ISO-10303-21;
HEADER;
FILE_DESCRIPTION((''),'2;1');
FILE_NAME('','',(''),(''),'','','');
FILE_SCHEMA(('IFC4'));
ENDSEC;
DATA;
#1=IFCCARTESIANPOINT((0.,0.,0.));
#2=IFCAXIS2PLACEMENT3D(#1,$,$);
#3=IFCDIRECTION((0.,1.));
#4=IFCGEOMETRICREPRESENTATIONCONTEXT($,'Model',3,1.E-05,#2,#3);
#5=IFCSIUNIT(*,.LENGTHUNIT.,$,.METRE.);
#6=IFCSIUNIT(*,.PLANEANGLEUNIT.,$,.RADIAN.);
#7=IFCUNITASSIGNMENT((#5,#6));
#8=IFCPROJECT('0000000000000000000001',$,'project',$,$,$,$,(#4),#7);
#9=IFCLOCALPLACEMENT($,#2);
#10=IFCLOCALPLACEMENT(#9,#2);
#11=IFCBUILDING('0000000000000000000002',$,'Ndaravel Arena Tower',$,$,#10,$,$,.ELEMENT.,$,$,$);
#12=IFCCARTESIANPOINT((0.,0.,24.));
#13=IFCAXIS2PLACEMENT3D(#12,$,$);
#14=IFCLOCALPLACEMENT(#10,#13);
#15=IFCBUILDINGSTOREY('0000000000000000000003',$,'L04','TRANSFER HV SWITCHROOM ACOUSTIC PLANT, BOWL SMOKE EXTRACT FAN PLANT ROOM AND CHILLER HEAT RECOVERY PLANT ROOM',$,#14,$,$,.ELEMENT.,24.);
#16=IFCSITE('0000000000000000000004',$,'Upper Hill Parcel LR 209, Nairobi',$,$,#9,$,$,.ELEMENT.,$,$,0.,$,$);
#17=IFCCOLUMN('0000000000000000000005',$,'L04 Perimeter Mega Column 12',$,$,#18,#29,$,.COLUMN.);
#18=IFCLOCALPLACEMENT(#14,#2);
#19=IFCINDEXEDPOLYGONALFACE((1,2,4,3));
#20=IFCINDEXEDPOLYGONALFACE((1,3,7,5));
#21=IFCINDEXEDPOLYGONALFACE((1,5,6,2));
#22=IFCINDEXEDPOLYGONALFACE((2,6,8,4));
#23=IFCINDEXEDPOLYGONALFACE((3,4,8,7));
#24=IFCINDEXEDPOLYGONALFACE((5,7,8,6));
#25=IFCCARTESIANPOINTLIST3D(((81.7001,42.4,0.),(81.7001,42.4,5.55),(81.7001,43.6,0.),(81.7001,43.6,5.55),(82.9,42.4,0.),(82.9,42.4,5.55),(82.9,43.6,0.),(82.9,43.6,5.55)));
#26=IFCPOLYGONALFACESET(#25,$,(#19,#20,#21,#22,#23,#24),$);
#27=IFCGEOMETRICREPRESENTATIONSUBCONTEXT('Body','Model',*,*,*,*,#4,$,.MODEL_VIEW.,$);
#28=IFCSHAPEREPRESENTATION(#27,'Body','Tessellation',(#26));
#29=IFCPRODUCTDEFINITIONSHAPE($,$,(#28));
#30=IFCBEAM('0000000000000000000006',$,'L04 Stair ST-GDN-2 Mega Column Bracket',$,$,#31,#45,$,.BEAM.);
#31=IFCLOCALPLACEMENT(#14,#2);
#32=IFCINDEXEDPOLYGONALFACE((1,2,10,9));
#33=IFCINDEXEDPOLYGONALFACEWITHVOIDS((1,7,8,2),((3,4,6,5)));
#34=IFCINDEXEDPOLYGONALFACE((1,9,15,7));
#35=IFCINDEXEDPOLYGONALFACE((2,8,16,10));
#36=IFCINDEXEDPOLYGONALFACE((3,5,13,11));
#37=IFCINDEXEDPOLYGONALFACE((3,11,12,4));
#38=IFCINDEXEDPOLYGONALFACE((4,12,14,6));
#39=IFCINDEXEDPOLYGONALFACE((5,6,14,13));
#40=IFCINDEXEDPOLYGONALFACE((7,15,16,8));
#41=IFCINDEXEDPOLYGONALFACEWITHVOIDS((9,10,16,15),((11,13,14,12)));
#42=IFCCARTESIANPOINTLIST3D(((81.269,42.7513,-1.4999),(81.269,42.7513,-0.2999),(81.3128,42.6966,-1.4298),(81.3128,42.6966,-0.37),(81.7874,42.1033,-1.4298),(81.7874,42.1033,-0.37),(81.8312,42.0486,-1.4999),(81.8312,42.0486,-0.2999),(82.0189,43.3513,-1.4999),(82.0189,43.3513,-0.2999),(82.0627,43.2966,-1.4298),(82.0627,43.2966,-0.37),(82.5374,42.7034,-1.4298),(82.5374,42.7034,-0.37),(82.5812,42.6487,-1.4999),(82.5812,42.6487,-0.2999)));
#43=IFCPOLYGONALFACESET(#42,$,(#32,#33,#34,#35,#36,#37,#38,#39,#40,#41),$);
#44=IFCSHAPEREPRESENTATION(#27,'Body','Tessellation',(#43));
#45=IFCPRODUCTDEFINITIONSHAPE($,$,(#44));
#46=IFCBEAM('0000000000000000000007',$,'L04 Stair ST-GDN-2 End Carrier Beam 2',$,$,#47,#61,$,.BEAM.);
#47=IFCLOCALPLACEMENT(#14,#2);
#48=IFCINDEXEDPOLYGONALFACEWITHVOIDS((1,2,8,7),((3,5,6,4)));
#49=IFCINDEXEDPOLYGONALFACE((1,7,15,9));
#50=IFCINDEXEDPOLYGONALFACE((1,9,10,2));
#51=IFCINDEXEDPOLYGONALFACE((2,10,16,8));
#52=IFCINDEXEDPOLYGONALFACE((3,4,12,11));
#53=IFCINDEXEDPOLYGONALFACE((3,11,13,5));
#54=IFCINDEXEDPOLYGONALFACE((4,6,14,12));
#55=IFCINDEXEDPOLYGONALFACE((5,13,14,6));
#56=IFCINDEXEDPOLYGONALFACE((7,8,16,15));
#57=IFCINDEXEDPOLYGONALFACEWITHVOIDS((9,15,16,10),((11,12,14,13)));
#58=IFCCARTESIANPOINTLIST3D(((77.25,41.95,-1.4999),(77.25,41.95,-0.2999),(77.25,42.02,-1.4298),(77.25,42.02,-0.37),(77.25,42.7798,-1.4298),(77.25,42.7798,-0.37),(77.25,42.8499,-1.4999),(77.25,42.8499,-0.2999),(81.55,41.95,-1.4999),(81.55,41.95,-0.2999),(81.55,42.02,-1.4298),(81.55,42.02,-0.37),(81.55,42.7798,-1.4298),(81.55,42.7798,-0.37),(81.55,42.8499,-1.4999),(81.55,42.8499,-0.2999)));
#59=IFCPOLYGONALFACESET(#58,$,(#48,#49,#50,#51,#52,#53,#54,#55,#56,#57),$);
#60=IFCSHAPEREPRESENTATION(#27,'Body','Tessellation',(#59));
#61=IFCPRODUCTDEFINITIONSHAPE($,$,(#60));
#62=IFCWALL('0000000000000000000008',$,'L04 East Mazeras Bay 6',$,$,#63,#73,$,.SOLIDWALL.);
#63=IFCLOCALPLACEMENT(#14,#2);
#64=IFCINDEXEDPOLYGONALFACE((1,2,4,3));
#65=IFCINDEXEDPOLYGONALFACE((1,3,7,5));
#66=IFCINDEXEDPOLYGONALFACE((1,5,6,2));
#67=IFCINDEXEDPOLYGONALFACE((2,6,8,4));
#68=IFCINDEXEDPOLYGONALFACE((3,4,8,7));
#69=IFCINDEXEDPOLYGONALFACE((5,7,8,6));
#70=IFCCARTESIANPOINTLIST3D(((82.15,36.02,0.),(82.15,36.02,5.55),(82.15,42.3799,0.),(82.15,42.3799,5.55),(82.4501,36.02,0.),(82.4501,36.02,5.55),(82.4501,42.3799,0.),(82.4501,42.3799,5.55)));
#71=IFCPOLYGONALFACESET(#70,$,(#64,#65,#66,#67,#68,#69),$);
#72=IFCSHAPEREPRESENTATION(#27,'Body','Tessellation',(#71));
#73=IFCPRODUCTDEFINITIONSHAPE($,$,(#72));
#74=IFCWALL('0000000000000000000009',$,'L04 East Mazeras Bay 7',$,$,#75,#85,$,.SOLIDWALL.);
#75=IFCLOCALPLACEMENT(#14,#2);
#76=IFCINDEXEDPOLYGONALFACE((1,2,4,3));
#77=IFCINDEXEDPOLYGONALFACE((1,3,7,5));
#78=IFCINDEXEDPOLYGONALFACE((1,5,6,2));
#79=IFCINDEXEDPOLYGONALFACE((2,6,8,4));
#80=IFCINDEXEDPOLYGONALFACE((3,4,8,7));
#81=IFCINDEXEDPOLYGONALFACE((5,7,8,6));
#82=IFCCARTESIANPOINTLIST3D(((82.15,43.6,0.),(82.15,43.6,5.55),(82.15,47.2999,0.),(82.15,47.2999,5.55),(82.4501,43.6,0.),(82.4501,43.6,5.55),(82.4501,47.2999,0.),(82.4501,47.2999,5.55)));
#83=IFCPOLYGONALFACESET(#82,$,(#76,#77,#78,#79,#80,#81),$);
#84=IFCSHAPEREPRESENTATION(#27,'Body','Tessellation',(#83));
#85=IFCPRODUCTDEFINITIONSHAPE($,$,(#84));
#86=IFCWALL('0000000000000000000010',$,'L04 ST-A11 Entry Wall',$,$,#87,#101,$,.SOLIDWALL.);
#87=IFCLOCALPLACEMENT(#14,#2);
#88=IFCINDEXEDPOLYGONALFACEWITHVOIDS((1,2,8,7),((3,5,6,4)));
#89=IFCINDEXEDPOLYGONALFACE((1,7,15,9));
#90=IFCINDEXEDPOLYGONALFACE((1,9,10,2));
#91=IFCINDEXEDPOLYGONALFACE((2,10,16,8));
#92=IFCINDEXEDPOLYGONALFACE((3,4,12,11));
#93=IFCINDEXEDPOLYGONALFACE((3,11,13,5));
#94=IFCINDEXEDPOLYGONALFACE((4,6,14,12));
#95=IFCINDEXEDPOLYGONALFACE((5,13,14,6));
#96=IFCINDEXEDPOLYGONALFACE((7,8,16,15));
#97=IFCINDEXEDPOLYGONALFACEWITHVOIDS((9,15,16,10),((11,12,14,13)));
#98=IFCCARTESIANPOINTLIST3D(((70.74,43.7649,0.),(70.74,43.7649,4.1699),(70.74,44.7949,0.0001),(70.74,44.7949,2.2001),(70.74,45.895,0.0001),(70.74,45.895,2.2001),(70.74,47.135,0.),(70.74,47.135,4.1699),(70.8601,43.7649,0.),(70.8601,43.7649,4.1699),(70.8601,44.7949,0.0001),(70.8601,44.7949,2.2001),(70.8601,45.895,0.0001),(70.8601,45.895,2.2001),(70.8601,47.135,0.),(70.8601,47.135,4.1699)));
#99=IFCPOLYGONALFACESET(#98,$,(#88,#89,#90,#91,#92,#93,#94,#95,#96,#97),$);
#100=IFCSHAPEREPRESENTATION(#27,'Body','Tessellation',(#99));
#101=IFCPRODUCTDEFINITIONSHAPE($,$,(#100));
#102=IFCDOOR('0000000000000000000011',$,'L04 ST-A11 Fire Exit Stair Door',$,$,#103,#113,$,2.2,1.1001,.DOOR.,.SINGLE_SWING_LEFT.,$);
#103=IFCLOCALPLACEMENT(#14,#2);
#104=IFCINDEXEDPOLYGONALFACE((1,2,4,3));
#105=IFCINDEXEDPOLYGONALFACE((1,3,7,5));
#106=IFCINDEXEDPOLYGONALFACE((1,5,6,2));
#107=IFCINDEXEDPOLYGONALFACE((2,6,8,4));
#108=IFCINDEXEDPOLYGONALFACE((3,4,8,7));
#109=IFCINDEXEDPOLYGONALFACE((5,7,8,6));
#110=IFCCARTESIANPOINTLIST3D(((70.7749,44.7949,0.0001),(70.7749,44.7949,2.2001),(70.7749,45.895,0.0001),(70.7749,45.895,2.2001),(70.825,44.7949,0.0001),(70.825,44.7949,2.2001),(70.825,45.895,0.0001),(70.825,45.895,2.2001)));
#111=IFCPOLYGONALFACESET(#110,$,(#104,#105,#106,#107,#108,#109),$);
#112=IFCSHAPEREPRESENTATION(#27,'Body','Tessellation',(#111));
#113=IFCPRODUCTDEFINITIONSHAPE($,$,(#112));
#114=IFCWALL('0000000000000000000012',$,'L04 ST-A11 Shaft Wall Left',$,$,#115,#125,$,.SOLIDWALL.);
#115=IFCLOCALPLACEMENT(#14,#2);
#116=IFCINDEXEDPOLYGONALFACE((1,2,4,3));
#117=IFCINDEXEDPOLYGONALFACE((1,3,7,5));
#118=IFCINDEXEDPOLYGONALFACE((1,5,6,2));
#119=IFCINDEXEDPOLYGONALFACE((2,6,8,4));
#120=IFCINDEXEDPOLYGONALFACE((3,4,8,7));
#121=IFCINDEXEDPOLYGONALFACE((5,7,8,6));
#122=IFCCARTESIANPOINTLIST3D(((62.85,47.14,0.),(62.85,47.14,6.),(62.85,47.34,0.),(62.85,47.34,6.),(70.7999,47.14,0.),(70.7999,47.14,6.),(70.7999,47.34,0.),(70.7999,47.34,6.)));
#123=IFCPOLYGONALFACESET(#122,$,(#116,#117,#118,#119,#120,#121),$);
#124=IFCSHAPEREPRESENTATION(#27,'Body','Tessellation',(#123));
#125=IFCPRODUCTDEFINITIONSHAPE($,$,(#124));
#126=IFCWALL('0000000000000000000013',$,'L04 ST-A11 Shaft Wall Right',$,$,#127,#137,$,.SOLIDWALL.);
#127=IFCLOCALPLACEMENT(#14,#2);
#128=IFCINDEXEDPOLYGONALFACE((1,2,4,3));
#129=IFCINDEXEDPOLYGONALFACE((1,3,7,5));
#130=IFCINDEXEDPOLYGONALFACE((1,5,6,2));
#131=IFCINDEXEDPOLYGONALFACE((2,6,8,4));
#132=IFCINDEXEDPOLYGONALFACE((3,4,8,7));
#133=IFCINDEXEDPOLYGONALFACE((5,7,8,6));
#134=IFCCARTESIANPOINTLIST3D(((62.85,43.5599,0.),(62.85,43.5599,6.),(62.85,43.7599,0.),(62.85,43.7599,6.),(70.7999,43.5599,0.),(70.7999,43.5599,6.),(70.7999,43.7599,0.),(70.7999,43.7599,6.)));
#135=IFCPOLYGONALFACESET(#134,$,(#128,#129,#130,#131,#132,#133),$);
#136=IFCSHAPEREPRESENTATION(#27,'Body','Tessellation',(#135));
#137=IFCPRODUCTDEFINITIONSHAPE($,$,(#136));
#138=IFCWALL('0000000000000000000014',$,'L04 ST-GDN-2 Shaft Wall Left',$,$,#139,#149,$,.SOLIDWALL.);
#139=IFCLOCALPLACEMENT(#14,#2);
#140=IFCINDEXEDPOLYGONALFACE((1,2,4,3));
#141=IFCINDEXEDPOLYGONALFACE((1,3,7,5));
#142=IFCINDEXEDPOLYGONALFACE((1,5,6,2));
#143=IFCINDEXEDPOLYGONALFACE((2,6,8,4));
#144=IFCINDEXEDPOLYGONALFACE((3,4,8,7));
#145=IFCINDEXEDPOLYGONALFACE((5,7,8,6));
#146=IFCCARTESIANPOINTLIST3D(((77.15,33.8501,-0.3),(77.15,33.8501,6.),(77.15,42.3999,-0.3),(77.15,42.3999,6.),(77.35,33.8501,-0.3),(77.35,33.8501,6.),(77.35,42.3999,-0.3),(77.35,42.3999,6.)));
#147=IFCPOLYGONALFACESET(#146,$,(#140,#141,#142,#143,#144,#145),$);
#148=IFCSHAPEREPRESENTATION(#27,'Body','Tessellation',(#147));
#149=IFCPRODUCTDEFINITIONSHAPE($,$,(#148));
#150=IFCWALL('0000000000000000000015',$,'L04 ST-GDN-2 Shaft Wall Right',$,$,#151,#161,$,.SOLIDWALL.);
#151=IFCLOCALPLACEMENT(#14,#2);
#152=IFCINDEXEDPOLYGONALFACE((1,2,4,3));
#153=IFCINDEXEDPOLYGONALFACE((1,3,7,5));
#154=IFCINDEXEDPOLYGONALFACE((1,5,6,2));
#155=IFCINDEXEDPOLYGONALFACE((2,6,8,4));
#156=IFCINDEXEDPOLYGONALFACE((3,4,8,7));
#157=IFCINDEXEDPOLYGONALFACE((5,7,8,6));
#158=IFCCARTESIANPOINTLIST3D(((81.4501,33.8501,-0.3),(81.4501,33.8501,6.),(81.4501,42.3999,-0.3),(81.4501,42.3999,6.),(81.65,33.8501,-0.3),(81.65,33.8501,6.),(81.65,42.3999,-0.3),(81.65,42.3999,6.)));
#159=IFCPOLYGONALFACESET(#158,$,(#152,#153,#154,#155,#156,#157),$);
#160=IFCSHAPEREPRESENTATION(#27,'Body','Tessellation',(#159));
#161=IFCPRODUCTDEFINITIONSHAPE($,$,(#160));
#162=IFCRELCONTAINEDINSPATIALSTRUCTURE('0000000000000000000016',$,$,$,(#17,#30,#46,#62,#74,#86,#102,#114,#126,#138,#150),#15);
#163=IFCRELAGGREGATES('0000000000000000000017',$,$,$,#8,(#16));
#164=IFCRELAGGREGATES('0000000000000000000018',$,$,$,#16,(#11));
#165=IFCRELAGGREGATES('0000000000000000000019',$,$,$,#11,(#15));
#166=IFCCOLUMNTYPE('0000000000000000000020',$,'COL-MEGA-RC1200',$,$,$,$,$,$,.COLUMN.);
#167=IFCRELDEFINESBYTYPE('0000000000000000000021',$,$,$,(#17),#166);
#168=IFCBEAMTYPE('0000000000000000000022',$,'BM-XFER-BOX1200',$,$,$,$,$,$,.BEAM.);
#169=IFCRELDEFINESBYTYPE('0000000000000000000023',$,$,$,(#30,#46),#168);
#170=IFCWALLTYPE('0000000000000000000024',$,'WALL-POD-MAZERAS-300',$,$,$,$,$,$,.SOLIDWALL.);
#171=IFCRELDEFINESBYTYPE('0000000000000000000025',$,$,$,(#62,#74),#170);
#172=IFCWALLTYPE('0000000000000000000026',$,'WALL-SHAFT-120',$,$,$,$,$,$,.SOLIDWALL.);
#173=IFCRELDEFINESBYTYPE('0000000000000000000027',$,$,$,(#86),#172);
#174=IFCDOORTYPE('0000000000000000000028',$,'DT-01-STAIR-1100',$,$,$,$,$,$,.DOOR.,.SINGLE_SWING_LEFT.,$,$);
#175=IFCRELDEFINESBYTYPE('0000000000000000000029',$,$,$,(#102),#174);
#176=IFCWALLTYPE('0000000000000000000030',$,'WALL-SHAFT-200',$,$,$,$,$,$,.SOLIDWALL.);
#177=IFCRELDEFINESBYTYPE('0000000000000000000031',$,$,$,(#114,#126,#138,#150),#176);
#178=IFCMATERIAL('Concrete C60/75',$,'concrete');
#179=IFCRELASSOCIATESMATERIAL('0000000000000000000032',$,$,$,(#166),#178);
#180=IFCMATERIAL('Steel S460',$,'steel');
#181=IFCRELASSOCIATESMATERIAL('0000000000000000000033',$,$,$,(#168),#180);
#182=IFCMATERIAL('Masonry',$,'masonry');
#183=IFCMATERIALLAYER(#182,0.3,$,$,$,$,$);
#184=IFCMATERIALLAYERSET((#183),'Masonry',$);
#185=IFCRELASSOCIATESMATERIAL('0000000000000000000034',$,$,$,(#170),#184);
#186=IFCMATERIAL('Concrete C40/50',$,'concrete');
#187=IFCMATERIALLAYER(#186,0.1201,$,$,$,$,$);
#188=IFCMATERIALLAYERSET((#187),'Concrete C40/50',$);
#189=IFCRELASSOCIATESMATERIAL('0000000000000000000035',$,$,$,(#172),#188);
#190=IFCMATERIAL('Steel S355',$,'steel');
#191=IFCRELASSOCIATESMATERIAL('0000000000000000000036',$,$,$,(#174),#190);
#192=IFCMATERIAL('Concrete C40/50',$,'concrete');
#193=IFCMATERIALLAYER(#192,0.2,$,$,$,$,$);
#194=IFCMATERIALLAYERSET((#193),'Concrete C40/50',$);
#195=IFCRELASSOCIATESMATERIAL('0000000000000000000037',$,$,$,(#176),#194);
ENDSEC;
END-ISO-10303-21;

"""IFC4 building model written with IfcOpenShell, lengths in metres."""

from ifc_helpers import new_model, si_unit, direction, frame, frame_2d, origin, origin_2d, place, context, subcontext, project, spatial, rectangle, hollow_rectangle, extrude, material, layer, layer_set, material_profile, profile_set, type_object, element, fill, save


model = new_model("IFC4")

# Units and contexts
model_context = context("Model", 3, precision=1e-05, world=origin(), true_north=direction((0.0, 1.0)))
body_context = subcontext(model_context, "Body", "Model", "MODEL_VIEW")
ifc_project = project(units=[si_unit("LENGTHUNIT", "METRE"), si_unit("PLANEANGLEUNIT", "RADIAN")], contexts=[model_context])

# Site, building, storey
site_placement = place(None, origin())
site = spatial("IfcSite", under=ifc_project, at=site_placement, Name="Upper Hill Parcel LR 209, Nairobi", CompositionType="ELEMENT", RefElevation=0.0)
building_placement = place(site_placement, origin())
building = spatial("IfcBuilding", under=site, at=building_placement, Name="Ndaravel Arena Tower", CompositionType="ELEMENT")
storey_placement = place(building_placement, frame((0.0, 0.0, 24.0)))
storey = spatial("IfcBuildingStorey", under=building, at=storey_placement, Name="L04", Description="TRANSFER HV SWITCHROOM ACOUSTIC PLANT, BOWL SMOKE EXTRACT FAN PLANT ROOM AND CHILLER HEAT RECOVERY PLANT ROOM", CompositionType="ELEMENT", Elevation=24.0)

# Column
ifc_material_1 = material(Name="Concrete C60/75", Category="concrete")
ifc_material_profile_1 = material_profile(ifc_material_1, rectangle(XDim=1.2, YDim=1.2, at=origin_2d()), Name="RC 1200x1200")
ifc_profile_set_1 = profile_set([ifc_material_profile_1], Name="Concrete C60/75")
column_type = type_object("IfcColumnType", Name="COL-MEGA-RC1200", PredefinedType="COLUMN", material=ifc_profile_set_1)
column_placement = place(storey_placement, frame((82.3, 43.0, 0.0), z_axis=(0.0, 0.0, 1.0), x_axis=(1.0, 0.0, 0.0)))
element("IfcColumn", 1, at=column_placement, inside=storey, type_object=column_type, Name="L04 Perimeter Mega Column 12", PredefinedType="COLUMN", context=body_context, shape_type="SweptSolid", body=[
    extrude(rectangle(XDim=1.2, YDim=1.2, at=origin_2d()), origin(), (0.0, 0.0, 1.0), 5.55),
])

# Beams
ifc_material_2 = material(Name="Steel S460", Category="steel")
ifc_material_profile_2 = material_profile(ifc_material_2, hollow_rectangle(XDim=0.8999, YDim=1.2, WallThickness=0.0701, at=origin_2d()), Name="BOX 1200x900x70")
ifc_profile_set_2 = profile_set([ifc_material_profile_2], Name="Steel S460")
beam_type = type_object("IfcBeamType", Name="BM-XFER-BOX1200", PredefinedType="BEAM", material=ifc_profile_set_2)
beam_1_placement = place(storey_placement, frame((82.3, 43.0, -0.8999), z_axis=(-0.780819, -0.624757, 0.0), x_axis=(0.624757, -0.780819, 0.0)))
element("IfcBeam", 2, at=beam_1_placement, inside=storey, type_object=beam_type, Name="L04 Stair ST-GDN-2 Mega Column Bracket", PredefinedType="BEAM", context=body_context, shape_type="SweptSolid", body=[
    extrude(hollow_rectangle(XDim=0.8999, YDim=1.2, WallThickness=0.0701, at=origin_2d()), origin(), (0.0, 0.0, 1.0), 0.9604),
])
beam_2_placement = place(storey_placement, frame((77.25, 42.3999, -0.8999), z_axis=(1.0, 0.0, 0.0), x_axis=(0.0, 1.0, 0.0)))
element("IfcBeam", 3, at=beam_2_placement, inside=storey, type_object=beam_type, Name="L04 Stair ST-GDN-2 End Carrier Beam 2", PredefinedType="BEAM", context=body_context, shape_type="SweptSolid", body=[
    extrude(hollow_rectangle(XDim=0.8999, YDim=1.2, WallThickness=0.0701, at=origin_2d()), origin(), (0.0, 0.0, 1.0), 4.3),
])

# Walls
ifc_material_3 = material(Name="Masonry", Category="masonry")
ifc_layer_1 = layer(ifc_material_3, 0.3)
ifc_layer_set_1 = layer_set([ifc_layer_1], Name="Masonry")
wall_type_1 = type_object("IfcWallType", Name="WALL-POD-MAZERAS-300", PredefinedType="SOLIDWALL", material=ifc_layer_set_1)
wall_1_placement = place(storey_placement, frame((82.3, 42.3799, 0.0), z_axis=(0.0, 0.0, 1.0), x_axis=(0.0, -1.0, 0.0)))
element("IfcWall", 4, at=wall_1_placement, inside=storey, type_object=wall_type_1, Name="L04 East Mazeras Bay 6", PredefinedType="SOLIDWALL", context=body_context, shape_type="SweptSolid", body=[
    extrude(rectangle(XDim=6.3599, YDim=0.3, at=frame_2d((3.1799, 0.0))), origin(), (0.0, 0.0, 1.0), 5.55),
])
wall_2_placement = place(storey_placement, frame((82.3, 47.3, 0.0), z_axis=(0.0, 0.0, 1.0), x_axis=(0.0, -1.0, 0.0)))
element("IfcWall", 5, at=wall_2_placement, inside=storey, type_object=wall_type_1, Name="L04 East Mazeras Bay 7", PredefinedType="SOLIDWALL", context=body_context, shape_type="SweptSolid", body=[
    extrude(rectangle(XDim=3.7, YDim=0.3, at=frame_2d((1.8501, 0.0))), origin(), (0.0, 0.0, 1.0), 5.55),
])

# Wall, opening, door
ifc_material_4 = material(Name="Concrete C40/50", Category="concrete")
ifc_layer_2 = layer(ifc_material_4, 0.1201)
ifc_layer_set_2 = layer_set([ifc_layer_2], Name="Concrete C40/50")
wall_type_2 = type_object("IfcWallType", Name="WALL-SHAFT-120", PredefinedType="SOLIDWALL", material=ifc_layer_set_2)
wall_3_placement = place(storey_placement, frame((70.8, 47.135, 0.0), z_axis=(0.0, 0.0, 1.0), x_axis=(0.0, -1.0, 0.0)))
wall_3 = element("IfcWall", 6, at=wall_3_placement, inside=storey, type_object=wall_type_2, Name="L04 ST-A11 Entry Wall", PredefinedType="SOLIDWALL", context=body_context, shape_type="SweptSolid", body=[
    extrude(rectangle(XDim=3.3701, YDim=0.1201, at=frame_2d((1.6851, 0.0))), origin(), (0.0, 0.0, 1.0), 4.1699),
])
opening_placement = place(wall_3_placement, frame((1.24, 0.0, 0.0)))
opening = element("IfcOpeningElement", 7, at=opening_placement, cuts=wall_3, PredefinedType="OPENING", context=body_context, shape_type="SweptSolid", body=[
    extrude(rectangle(XDim=1.1001, YDim=2.2, at=frame_2d((0.55, 1.1001))), frame((0.0, 0.0601, 0.0), z_axis=(0.0, -1.0, 0.0), x_axis=(1.0, 0.0, 0.0)), (0.0, 0.0, 1.0), 0.1201),
])
ifc_material_5 = material(Name="Steel S355", Category="steel")
door_type = type_object("IfcDoorType", Name="DT-01-STAIR-1100", OperationType="SINGLE_SWING_LEFT", PredefinedType="DOOR", material=ifc_material_5)
door_placement = place(opening_placement, origin())
door = element("IfcDoor", 8, at=door_placement, inside=storey, type_object=door_type, Name="L04 ST-A11 Fire Exit Stair Door", OperationType="SINGLE_SWING_LEFT", OverallHeight=2.2, OverallWidth=1.1001, PredefinedType="DOOR", context=body_context, shape_type="SweptSolid", body=[
    extrude(rectangle(XDim=1.1001, YDim=2.2, at=frame_2d((0.55, 1.1001))), frame((0.0, 0.0249, 0.0), z_axis=(0.0, -1.0, 0.0), x_axis=(1.0, 0.0, 0.0)), (0.0, 0.0, 1.0), 0.05),
])
fill(opening, door)

# Walls
ifc_material_6 = material(Name="Concrete C40/50", Category="concrete")
ifc_layer_3 = layer(ifc_material_6, 0.2)
ifc_layer_set_3 = layer_set([ifc_layer_3], Name="Concrete C40/50")
wall_type_3 = type_object("IfcWallType", Name="WALL-SHAFT-200", PredefinedType="SOLIDWALL", material=ifc_layer_set_3)
for number, where, z_axis, x_axis, name in (
    (9, (70.8, 47.24, 0.0), (0.0, 0.0, 1.0), (-1.0, 0.0, 0.0), "L04 ST-A11 Shaft Wall Left"),
    (10, (70.8, 43.6599, 0.0), (0.0, 0.0, 1.0), (-1.0, 0.0, 0.0), "L04 ST-A11 Shaft Wall Right"),
):
    element("IfcWall", number, at=place(storey_placement, frame(where, z_axis=z_axis, x_axis=x_axis)), inside=storey, type_object=wall_type_3, Name=name, PredefinedType="SOLIDWALL", context=body_context, shape_type="SweptSolid", body=[
        extrude(rectangle(XDim=7.95, YDim=0.2, at=frame_2d((3.9751, 0.0))), origin(), (0.0, 0.0, 1.0), 6.0),
    ])
for number, where, z_axis, x_axis, name in (
    (11, (77.25, 42.3999, -0.3), (0.0, 0.0, 1.0), (0.0, -1.0, 0.0), "L04 ST-GDN-2 Shaft Wall Left"),
    (12, (81.55, 42.3999, -0.3), (0.0, 0.0, 1.0), (0.0, -1.0, 0.0), "L04 ST-GDN-2 Shaft Wall Right"),
):
    element("IfcWall", number, at=place(storey_placement, frame(where, z_axis=z_axis, x_axis=x_axis)), inside=storey, type_object=wall_type_3, Name=name, PredefinedType="SOLIDWALL", context=body_context, shape_type="SweptSolid", body=[
        extrude(rectangle(XDim=8.5498, YDim=0.2, at=frame_2d((4.2749, 0.0))), origin(), (0.0, 0.0, 1.0), 6.3),
    ])

save(model, "model.ifc")
